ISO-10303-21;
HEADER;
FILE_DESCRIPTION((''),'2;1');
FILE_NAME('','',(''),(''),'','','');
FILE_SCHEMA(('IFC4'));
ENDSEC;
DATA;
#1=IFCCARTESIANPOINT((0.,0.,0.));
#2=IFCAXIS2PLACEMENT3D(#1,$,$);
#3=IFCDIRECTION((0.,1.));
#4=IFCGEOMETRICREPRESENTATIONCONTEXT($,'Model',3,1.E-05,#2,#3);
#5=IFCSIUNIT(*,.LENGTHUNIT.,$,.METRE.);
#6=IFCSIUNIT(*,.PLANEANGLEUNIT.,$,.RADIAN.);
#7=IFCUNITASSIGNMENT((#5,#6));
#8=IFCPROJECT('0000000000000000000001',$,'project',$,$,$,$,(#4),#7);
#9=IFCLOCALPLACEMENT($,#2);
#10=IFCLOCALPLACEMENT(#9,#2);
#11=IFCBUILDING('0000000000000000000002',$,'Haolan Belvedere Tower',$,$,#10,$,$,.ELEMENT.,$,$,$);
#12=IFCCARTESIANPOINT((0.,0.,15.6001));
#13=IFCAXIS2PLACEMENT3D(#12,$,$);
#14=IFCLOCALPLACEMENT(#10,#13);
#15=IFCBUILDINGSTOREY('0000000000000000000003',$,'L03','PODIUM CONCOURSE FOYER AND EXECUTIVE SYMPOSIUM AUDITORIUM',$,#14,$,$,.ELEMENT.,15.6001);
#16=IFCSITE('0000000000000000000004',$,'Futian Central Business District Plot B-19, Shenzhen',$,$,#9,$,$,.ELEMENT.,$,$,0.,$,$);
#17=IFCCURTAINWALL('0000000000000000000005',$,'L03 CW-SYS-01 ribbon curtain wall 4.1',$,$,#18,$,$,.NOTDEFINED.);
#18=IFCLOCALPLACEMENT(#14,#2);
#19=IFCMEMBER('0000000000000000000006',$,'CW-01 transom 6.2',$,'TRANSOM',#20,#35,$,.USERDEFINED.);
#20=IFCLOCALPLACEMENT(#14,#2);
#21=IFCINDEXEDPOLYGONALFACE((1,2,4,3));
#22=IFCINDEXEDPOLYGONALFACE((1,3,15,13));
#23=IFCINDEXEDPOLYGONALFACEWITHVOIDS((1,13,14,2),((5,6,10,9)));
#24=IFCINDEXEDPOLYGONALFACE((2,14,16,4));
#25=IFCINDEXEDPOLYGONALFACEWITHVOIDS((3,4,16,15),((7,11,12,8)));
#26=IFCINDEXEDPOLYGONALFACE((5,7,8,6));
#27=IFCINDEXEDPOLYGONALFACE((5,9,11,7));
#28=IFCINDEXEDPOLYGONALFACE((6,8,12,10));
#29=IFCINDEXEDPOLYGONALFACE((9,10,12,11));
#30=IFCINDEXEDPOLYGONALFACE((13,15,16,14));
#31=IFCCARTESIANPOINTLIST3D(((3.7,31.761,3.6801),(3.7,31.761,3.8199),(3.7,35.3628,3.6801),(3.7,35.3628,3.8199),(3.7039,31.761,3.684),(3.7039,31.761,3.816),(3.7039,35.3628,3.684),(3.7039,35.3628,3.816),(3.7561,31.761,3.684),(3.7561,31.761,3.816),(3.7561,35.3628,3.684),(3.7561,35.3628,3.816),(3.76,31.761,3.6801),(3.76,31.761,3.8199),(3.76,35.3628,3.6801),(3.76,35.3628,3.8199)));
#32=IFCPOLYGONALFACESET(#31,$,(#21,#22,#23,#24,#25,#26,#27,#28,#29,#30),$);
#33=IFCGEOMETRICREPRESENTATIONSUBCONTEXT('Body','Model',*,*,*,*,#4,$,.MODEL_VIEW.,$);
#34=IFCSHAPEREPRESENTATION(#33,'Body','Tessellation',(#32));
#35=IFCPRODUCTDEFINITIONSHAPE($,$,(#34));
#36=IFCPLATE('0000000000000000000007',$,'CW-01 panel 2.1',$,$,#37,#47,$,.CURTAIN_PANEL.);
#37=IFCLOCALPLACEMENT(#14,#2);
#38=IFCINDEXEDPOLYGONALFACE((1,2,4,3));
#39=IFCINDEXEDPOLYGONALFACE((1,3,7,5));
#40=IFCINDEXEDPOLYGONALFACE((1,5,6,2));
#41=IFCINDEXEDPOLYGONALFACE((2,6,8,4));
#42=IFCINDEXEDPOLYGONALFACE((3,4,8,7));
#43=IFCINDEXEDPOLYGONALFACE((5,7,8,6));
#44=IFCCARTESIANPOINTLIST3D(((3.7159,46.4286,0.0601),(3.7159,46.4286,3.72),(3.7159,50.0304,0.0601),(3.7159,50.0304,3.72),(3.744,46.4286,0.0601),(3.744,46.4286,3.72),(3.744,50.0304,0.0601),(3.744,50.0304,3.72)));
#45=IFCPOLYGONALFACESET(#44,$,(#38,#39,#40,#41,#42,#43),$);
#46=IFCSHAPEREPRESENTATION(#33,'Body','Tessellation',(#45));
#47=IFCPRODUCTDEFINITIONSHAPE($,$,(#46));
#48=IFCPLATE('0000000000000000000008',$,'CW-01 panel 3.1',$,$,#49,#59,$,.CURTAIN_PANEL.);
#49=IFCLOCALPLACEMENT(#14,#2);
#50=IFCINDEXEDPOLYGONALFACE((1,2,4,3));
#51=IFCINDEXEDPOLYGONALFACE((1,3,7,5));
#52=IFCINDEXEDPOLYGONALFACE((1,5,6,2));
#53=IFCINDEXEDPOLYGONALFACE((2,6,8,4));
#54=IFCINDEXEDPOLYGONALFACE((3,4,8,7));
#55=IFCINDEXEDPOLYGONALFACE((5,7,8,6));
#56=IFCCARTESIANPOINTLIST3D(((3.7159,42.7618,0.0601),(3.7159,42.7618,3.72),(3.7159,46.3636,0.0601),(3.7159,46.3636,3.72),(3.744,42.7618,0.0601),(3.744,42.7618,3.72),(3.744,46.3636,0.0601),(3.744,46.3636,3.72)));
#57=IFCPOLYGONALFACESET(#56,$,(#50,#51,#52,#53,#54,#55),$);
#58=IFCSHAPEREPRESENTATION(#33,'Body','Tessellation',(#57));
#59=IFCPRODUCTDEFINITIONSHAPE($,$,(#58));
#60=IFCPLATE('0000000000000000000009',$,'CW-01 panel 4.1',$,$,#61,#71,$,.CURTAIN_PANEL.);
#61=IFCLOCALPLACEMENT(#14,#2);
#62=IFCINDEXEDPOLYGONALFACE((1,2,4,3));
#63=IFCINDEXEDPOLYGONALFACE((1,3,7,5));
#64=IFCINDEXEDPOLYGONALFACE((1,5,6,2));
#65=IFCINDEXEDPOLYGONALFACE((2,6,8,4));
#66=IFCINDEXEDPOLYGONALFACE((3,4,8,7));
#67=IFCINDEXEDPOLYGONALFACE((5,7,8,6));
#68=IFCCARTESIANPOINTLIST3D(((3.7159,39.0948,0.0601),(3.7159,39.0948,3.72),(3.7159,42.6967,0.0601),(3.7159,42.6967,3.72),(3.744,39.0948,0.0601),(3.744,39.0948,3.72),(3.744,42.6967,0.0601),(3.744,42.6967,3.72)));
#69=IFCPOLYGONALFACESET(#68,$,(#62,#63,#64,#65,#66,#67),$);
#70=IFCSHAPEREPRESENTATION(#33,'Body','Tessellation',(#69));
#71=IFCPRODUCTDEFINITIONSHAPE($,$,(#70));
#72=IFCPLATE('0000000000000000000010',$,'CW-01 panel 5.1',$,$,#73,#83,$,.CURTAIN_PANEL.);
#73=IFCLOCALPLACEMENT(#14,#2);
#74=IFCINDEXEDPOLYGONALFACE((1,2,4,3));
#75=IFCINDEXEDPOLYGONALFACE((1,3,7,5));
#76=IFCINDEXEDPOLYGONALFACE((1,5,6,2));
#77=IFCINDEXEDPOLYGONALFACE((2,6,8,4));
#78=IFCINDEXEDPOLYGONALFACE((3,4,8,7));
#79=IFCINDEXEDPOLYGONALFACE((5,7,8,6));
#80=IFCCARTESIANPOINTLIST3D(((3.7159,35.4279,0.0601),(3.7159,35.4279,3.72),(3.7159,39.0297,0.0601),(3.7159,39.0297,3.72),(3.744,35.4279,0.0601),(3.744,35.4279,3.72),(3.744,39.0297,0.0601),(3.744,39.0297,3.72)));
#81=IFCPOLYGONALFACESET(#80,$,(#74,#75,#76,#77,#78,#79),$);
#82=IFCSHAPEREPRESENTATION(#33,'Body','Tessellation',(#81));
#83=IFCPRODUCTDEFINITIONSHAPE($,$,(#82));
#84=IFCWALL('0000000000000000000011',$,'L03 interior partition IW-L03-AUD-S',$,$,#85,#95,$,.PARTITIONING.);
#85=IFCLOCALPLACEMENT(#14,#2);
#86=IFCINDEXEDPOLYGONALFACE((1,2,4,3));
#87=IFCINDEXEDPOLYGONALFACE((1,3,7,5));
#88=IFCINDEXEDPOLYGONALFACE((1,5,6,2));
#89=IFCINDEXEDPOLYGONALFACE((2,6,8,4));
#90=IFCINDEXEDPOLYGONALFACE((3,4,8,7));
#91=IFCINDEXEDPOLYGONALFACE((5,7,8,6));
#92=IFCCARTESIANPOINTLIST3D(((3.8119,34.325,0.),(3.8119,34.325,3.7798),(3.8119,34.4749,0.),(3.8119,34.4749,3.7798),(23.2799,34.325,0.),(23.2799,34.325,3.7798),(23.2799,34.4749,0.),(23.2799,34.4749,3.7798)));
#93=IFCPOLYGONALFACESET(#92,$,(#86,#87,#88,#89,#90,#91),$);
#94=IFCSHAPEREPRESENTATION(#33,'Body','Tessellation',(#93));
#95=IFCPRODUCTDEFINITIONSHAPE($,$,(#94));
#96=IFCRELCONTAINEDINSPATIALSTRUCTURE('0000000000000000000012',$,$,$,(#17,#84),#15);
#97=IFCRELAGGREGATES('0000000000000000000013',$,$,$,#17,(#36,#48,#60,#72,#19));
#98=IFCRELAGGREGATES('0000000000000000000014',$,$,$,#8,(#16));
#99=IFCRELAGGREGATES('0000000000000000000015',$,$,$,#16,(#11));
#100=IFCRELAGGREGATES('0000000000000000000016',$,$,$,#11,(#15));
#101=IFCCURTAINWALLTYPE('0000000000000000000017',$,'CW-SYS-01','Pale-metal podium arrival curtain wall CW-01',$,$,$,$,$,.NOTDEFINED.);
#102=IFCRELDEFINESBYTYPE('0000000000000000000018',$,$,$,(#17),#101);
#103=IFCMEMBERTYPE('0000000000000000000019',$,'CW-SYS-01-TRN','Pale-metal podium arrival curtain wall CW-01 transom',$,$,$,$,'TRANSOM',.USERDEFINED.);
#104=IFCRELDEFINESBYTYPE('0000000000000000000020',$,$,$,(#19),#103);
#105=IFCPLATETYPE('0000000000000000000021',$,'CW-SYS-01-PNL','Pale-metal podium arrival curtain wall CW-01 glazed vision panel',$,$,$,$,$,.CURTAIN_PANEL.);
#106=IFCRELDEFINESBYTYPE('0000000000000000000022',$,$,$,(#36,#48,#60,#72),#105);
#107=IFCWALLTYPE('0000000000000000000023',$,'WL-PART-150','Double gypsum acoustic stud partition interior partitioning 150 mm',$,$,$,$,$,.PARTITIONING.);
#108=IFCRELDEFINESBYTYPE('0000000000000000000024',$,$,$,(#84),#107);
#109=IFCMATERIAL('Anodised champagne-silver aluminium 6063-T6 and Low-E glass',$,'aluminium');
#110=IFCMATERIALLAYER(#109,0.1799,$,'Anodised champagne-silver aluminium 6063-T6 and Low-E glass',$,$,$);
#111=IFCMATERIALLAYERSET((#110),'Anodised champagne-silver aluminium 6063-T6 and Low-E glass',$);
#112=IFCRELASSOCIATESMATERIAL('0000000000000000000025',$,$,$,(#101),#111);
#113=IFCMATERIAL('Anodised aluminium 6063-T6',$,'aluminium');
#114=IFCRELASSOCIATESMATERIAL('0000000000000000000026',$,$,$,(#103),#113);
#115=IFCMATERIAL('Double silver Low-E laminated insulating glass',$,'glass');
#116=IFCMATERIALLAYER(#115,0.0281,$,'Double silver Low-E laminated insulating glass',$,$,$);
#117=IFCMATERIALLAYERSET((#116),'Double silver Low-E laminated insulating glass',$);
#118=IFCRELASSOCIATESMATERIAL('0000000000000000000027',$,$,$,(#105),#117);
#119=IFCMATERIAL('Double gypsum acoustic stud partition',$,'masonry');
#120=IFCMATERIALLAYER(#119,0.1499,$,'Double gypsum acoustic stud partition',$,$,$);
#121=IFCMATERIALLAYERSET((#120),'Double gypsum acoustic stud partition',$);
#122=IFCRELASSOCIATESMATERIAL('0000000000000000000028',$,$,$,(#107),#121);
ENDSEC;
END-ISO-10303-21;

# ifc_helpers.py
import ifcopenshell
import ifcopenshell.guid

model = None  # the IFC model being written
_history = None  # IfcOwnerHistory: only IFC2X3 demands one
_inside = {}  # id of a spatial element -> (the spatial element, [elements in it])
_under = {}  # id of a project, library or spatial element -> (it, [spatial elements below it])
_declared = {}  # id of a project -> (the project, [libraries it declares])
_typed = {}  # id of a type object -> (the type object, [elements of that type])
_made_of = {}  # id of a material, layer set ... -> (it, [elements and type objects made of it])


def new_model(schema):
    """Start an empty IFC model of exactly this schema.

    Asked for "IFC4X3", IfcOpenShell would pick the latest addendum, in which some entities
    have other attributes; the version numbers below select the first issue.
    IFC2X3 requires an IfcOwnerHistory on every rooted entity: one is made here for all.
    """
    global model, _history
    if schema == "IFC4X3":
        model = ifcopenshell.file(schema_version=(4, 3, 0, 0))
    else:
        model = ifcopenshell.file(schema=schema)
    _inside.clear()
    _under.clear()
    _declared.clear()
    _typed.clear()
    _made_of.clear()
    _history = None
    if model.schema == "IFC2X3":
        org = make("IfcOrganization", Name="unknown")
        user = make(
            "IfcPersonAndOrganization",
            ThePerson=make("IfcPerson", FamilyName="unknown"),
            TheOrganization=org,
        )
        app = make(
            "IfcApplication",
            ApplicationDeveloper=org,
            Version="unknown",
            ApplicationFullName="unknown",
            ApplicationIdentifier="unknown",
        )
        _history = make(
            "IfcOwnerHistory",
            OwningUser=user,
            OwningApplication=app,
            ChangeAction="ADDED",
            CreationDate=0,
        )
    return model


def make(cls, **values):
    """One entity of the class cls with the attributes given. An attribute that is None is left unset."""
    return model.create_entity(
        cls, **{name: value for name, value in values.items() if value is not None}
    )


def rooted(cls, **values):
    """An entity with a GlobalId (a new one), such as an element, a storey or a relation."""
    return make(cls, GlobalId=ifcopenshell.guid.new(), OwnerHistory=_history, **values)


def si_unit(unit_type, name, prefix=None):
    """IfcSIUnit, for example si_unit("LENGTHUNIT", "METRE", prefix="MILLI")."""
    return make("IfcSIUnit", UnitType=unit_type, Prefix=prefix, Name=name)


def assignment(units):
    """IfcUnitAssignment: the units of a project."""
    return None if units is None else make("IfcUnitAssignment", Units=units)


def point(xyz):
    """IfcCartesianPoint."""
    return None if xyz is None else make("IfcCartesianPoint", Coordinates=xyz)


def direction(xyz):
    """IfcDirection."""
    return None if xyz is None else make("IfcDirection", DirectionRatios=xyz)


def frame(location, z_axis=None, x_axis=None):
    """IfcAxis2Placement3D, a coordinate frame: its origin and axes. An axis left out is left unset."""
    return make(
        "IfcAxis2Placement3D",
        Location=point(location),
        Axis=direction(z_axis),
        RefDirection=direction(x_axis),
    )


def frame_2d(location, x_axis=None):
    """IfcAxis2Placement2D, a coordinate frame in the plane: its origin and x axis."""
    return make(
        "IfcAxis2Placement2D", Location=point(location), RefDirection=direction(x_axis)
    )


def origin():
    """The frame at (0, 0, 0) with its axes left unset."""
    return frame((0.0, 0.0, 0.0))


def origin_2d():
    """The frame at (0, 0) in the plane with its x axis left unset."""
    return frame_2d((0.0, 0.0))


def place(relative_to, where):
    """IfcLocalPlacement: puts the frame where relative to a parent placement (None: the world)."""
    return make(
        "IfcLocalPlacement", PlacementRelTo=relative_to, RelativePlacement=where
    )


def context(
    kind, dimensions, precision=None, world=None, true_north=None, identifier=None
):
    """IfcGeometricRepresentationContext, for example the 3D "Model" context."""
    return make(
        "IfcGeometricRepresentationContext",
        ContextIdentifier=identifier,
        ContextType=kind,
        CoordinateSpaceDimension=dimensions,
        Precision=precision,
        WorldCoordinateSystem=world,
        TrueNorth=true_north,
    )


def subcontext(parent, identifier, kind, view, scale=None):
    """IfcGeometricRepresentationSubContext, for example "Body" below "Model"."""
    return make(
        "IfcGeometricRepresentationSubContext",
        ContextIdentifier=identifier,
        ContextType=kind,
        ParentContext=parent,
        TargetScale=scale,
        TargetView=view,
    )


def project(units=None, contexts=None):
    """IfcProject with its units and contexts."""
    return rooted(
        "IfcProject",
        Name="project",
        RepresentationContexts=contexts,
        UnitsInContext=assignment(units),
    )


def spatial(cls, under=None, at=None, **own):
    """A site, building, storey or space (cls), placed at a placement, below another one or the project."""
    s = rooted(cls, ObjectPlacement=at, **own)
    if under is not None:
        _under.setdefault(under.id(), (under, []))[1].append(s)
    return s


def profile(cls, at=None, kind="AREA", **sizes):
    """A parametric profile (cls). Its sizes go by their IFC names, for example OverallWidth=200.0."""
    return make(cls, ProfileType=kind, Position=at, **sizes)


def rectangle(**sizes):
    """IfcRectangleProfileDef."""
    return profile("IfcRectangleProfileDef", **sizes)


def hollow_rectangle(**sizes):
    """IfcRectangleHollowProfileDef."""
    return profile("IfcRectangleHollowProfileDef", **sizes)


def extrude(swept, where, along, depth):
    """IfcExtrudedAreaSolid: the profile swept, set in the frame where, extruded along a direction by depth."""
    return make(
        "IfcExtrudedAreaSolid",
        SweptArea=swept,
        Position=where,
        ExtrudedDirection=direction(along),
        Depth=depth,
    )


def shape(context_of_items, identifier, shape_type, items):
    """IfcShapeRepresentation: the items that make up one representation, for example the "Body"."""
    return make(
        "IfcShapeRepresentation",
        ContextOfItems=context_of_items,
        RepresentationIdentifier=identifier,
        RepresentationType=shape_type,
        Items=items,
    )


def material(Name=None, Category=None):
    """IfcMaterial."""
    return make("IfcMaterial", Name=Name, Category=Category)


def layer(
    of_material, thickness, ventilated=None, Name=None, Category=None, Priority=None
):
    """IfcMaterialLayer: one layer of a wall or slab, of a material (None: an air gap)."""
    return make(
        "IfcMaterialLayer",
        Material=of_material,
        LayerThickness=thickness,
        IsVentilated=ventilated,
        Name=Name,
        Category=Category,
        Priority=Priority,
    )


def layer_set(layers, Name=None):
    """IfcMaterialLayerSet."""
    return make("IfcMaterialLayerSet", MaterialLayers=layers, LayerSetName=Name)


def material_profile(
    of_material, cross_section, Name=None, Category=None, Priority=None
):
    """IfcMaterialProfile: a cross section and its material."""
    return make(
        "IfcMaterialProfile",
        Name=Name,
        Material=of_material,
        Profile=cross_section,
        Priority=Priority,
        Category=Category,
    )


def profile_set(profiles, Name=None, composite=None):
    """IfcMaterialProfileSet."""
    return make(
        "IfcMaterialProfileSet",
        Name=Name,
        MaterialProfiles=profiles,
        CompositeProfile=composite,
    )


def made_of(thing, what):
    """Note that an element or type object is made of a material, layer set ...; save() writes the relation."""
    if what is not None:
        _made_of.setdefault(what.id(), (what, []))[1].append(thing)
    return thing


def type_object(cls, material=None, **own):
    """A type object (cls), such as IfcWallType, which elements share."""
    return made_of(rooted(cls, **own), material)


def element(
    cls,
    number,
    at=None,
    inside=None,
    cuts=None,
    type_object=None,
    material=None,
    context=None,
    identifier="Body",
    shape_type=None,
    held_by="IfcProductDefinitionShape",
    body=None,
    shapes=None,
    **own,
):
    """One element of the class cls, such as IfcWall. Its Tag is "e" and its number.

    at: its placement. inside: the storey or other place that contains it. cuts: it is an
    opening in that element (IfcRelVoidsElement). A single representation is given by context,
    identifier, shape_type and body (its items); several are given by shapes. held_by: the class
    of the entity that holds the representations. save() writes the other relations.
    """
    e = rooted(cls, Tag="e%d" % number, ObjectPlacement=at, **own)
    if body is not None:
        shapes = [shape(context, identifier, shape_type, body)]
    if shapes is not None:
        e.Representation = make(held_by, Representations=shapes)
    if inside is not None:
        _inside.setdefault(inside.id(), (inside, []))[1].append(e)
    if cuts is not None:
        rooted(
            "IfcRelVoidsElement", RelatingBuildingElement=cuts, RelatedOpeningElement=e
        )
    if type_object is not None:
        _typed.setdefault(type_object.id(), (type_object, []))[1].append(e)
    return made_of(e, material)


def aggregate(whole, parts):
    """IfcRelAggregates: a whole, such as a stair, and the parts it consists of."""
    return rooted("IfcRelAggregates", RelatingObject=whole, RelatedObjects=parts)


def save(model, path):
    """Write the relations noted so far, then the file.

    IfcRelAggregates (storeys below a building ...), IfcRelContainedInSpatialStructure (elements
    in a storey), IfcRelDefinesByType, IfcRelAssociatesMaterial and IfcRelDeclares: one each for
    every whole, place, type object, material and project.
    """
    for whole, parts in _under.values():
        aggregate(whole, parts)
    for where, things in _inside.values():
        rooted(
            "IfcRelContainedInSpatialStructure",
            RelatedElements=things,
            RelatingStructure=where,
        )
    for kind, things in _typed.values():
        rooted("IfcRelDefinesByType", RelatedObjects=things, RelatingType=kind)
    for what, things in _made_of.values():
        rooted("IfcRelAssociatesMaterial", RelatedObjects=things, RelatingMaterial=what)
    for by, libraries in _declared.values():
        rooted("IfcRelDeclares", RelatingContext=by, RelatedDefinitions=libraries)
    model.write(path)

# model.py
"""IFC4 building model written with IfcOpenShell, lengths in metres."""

from ifc_helpers import new_model, si_unit, direction, frame, frame_2d, origin, origin_2d, place, context, subcontext, project, spatial, rectangle, hollow_rectangle, extrude, material, layer, layer_set, material_profile, profile_set, type_object, element, aggregate, save


model = new_model("IFC4")

# Units and contexts
model_context = context("Model", 3, precision=1e-05, world=origin(), true_north=direction((0.0, 1.0)))
body_context = subcontext(model_context, "Body", "Model", "MODEL_VIEW")
ifc_project = project(units=[si_unit("LENGTHUNIT", "METRE"), si_unit("PLANEANGLEUNIT", "RADIAN")], contexts=[model_context])

# Site, building, storey
site_placement = place(None, origin())
site = spatial("IfcSite", under=ifc_project, at=site_placement, Name="Futian Central Business District Plot B-19, Shenzhen", CompositionType="ELEMENT", RefElevation=0.0)
building_placement = place(site_placement, origin())
building = spatial("IfcBuilding", under=site, at=building_placement, Name="Haolan Belvedere Tower", CompositionType="ELEMENT")
storey_placement = place(building_placement, frame((0.0, 0.0, 15.6001)))
storey = spatial("IfcBuildingStorey", under=building, at=storey_placement, Name="L03", Description="PODIUM CONCOURSE FOYER AND EXECUTIVE SYMPOSIUM AUDITORIUM", CompositionType="ELEMENT", Elevation=15.6001)

# Curtain wall, member, plates
ifc_material_1 = material(Name="Anodised champagne-silver aluminium 6063-T6 and Low-E glass", Category="aluminium")
ifc_layer_1 = layer(ifc_material_1, 0.1799, Name="Anodised champagne-silver aluminium 6063-T6 and Low-E glass")
ifc_layer_set_1 = layer_set([ifc_layer_1], Name="Anodised champagne-silver aluminium 6063-T6 and Low-E glass")
curtain_wall_type = type_object("IfcCurtainWallType", Name="CW-SYS-01", Description="Pale-metal podium arrival curtain wall CW-01", PredefinedType="NOTDEFINED", material=ifc_layer_set_1)
curtain_wall_placement = place(storey_placement, origin())
curtain_wall = element("IfcCurtainWall", 1, at=curtain_wall_placement, inside=storey, type_object=curtain_wall_type, Name="L03 CW-SYS-01 ribbon curtain wall 4.1", PredefinedType="NOTDEFINED")
ifc_material_2 = material(Name="Anodised aluminium 6063-T6", Category="aluminium")
ifc_material_profile_1 = material_profile(ifc_material_2, hollow_rectangle(XDim=0.0601, YDim=0.1399, WallThickness=0.0039, at=origin_2d()), Name="Anodised aluminium 6063-T6")
ifc_profile_set_1 = profile_set([ifc_material_profile_1], Name="Anodised aluminium 6063-T6")
member_type_1 = type_object("IfcMemberType", Name="CW-SYS-01-TRN", Description="Pale-metal podium arrival curtain wall CW-01 transom", ElementType="TRANSOM", PredefinedType="USERDEFINED", material=ifc_profile_set_1)
member_1_placement = place(storey_placement, frame((3.73, 35.3628, 3.75), z_axis=(0.0, -1.0, 0.0), x_axis=(1.0, 0.0, 0.0)))
member_1 = element("IfcMember", 2, at=member_1_placement, type_object=member_type_1, Name="CW-01 transom 6.2", ObjectType="TRANSOM", PredefinedType="USERDEFINED", context=body_context, shape_type="SweptSolid", body=[
    extrude(hollow_rectangle(XDim=0.0601, YDim=0.1399, WallThickness=0.0039, at=origin_2d()), origin(), (0.0, 0.0, 1.0), 3.6018),
])
ifc_material_3 = material(Name="Double silver Low-E laminated insulating glass", Category="glass")
ifc_layer_2 = layer(ifc_material_3, 0.0281, Name="Double silver Low-E laminated insulating glass")
ifc_layer_set_2 = layer_set([ifc_layer_2], Name="Double silver Low-E laminated insulating glass")
plate_type = type_object("IfcPlateType", Name="CW-SYS-01-PNL", Description="Pale-metal podium arrival curtain wall CW-01 glazed vision panel", PredefinedType="CURTAIN_PANEL", material=ifc_layer_set_2)
plate_1_placement = place(storey_placement, frame((3.73, 48.2295, 0.0601), z_axis=(0.0, 0.0, 1.0), x_axis=(0.0, -1.0, 0.0)))
plate_1 = element("IfcPlate", 3, at=plate_1_placement, type_object=plate_type, Name="CW-01 panel 2.1", PredefinedType="CURTAIN_PANEL", context=body_context, shape_type="SweptSolid", body=[
    extrude(rectangle(XDim=3.6018, YDim=0.0281, at=origin_2d()), origin(), (0.0, 0.0, 1.0), 3.6599),
])
plate_2_placement = place(storey_placement, frame((3.73, 44.5627, 0.0601), z_axis=(0.0, 0.0, 1.0), x_axis=(0.0, -1.0, 0.0)))
plate_2 = element("IfcPlate", 4, at=plate_2_placement, type_object=plate_type, Name="CW-01 panel 3.1", PredefinedType="CURTAIN_PANEL", context=body_context, shape_type="SweptSolid", body=[
    extrude(rectangle(XDim=3.6018, YDim=0.0281, at=origin_2d()), origin(), (0.0, 0.0, 1.0), 3.6599),
])
plate_3_placement = place(storey_placement, frame((3.73, 40.8958, 0.0601), z_axis=(0.0, 0.0, 1.0), x_axis=(0.0, -1.0, 0.0)))
plate_3 = element("IfcPlate", 5, at=plate_3_placement, type_object=plate_type, Name="CW-01 panel 4.1", PredefinedType="CURTAIN_PANEL", context=body_context, shape_type="SweptSolid", body=[
    extrude(rectangle(XDim=3.6018, YDim=0.0281, at=origin_2d()), origin(), (0.0, 0.0, 1.0), 3.6599),
])
plate_4_placement = place(storey_placement, frame((3.73, 37.2288, 0.0601), z_axis=(0.0, 0.0, 1.0), x_axis=(0.0, -1.0, 0.0)))
plate_4 = element("IfcPlate", 6, at=plate_4_placement, type_object=plate_type, Name="CW-01 panel 5.1", PredefinedType="CURTAIN_PANEL", context=body_context, shape_type="SweptSolid", body=[
    extrude(rectangle(XDim=3.6018, YDim=0.0281, at=origin_2d()), origin(), (0.0, 0.0, 1.0), 3.6599),
])
aggregate(curtain_wall, [plate_1, plate_2, plate_3, plate_4, member_1])

# Wall
ifc_material_4 = material(Name="Double gypsum acoustic stud partition", Category="masonry")
ifc_layer_3 = layer(ifc_material_4, 0.1499, Name="Double gypsum acoustic stud partition")
ifc_layer_set_3 = layer_set([ifc_layer_3], Name="Double gypsum acoustic stud partition")
wall_type = type_object("IfcWallType", Name="WL-PART-150", Description="Double gypsum acoustic stud partition interior partitioning 150 mm", PredefinedType="PARTITIONING", material=ifc_layer_set_3)
wall_placement = place(storey_placement, frame((3.812, 34.3999, 0.0), z_axis=(0.0, 0.0, 1.0), x_axis=(1.0, 0.0, 0.0)))
element("IfcWall", 7, at=wall_placement, inside=storey, type_object=wall_type, Name="L03 interior partition IW-L03-AUD-S", PredefinedType="PARTITIONING", context=body_context, shape_type="SweptSolid", body=[
    extrude(rectangle(XDim=19.468, YDim=0.1499, at=frame_2d((9.7339, 0.0))), origin(), (0.0, 0.0, 1.0), 3.7798),
])

save(model, "model.ifc")
